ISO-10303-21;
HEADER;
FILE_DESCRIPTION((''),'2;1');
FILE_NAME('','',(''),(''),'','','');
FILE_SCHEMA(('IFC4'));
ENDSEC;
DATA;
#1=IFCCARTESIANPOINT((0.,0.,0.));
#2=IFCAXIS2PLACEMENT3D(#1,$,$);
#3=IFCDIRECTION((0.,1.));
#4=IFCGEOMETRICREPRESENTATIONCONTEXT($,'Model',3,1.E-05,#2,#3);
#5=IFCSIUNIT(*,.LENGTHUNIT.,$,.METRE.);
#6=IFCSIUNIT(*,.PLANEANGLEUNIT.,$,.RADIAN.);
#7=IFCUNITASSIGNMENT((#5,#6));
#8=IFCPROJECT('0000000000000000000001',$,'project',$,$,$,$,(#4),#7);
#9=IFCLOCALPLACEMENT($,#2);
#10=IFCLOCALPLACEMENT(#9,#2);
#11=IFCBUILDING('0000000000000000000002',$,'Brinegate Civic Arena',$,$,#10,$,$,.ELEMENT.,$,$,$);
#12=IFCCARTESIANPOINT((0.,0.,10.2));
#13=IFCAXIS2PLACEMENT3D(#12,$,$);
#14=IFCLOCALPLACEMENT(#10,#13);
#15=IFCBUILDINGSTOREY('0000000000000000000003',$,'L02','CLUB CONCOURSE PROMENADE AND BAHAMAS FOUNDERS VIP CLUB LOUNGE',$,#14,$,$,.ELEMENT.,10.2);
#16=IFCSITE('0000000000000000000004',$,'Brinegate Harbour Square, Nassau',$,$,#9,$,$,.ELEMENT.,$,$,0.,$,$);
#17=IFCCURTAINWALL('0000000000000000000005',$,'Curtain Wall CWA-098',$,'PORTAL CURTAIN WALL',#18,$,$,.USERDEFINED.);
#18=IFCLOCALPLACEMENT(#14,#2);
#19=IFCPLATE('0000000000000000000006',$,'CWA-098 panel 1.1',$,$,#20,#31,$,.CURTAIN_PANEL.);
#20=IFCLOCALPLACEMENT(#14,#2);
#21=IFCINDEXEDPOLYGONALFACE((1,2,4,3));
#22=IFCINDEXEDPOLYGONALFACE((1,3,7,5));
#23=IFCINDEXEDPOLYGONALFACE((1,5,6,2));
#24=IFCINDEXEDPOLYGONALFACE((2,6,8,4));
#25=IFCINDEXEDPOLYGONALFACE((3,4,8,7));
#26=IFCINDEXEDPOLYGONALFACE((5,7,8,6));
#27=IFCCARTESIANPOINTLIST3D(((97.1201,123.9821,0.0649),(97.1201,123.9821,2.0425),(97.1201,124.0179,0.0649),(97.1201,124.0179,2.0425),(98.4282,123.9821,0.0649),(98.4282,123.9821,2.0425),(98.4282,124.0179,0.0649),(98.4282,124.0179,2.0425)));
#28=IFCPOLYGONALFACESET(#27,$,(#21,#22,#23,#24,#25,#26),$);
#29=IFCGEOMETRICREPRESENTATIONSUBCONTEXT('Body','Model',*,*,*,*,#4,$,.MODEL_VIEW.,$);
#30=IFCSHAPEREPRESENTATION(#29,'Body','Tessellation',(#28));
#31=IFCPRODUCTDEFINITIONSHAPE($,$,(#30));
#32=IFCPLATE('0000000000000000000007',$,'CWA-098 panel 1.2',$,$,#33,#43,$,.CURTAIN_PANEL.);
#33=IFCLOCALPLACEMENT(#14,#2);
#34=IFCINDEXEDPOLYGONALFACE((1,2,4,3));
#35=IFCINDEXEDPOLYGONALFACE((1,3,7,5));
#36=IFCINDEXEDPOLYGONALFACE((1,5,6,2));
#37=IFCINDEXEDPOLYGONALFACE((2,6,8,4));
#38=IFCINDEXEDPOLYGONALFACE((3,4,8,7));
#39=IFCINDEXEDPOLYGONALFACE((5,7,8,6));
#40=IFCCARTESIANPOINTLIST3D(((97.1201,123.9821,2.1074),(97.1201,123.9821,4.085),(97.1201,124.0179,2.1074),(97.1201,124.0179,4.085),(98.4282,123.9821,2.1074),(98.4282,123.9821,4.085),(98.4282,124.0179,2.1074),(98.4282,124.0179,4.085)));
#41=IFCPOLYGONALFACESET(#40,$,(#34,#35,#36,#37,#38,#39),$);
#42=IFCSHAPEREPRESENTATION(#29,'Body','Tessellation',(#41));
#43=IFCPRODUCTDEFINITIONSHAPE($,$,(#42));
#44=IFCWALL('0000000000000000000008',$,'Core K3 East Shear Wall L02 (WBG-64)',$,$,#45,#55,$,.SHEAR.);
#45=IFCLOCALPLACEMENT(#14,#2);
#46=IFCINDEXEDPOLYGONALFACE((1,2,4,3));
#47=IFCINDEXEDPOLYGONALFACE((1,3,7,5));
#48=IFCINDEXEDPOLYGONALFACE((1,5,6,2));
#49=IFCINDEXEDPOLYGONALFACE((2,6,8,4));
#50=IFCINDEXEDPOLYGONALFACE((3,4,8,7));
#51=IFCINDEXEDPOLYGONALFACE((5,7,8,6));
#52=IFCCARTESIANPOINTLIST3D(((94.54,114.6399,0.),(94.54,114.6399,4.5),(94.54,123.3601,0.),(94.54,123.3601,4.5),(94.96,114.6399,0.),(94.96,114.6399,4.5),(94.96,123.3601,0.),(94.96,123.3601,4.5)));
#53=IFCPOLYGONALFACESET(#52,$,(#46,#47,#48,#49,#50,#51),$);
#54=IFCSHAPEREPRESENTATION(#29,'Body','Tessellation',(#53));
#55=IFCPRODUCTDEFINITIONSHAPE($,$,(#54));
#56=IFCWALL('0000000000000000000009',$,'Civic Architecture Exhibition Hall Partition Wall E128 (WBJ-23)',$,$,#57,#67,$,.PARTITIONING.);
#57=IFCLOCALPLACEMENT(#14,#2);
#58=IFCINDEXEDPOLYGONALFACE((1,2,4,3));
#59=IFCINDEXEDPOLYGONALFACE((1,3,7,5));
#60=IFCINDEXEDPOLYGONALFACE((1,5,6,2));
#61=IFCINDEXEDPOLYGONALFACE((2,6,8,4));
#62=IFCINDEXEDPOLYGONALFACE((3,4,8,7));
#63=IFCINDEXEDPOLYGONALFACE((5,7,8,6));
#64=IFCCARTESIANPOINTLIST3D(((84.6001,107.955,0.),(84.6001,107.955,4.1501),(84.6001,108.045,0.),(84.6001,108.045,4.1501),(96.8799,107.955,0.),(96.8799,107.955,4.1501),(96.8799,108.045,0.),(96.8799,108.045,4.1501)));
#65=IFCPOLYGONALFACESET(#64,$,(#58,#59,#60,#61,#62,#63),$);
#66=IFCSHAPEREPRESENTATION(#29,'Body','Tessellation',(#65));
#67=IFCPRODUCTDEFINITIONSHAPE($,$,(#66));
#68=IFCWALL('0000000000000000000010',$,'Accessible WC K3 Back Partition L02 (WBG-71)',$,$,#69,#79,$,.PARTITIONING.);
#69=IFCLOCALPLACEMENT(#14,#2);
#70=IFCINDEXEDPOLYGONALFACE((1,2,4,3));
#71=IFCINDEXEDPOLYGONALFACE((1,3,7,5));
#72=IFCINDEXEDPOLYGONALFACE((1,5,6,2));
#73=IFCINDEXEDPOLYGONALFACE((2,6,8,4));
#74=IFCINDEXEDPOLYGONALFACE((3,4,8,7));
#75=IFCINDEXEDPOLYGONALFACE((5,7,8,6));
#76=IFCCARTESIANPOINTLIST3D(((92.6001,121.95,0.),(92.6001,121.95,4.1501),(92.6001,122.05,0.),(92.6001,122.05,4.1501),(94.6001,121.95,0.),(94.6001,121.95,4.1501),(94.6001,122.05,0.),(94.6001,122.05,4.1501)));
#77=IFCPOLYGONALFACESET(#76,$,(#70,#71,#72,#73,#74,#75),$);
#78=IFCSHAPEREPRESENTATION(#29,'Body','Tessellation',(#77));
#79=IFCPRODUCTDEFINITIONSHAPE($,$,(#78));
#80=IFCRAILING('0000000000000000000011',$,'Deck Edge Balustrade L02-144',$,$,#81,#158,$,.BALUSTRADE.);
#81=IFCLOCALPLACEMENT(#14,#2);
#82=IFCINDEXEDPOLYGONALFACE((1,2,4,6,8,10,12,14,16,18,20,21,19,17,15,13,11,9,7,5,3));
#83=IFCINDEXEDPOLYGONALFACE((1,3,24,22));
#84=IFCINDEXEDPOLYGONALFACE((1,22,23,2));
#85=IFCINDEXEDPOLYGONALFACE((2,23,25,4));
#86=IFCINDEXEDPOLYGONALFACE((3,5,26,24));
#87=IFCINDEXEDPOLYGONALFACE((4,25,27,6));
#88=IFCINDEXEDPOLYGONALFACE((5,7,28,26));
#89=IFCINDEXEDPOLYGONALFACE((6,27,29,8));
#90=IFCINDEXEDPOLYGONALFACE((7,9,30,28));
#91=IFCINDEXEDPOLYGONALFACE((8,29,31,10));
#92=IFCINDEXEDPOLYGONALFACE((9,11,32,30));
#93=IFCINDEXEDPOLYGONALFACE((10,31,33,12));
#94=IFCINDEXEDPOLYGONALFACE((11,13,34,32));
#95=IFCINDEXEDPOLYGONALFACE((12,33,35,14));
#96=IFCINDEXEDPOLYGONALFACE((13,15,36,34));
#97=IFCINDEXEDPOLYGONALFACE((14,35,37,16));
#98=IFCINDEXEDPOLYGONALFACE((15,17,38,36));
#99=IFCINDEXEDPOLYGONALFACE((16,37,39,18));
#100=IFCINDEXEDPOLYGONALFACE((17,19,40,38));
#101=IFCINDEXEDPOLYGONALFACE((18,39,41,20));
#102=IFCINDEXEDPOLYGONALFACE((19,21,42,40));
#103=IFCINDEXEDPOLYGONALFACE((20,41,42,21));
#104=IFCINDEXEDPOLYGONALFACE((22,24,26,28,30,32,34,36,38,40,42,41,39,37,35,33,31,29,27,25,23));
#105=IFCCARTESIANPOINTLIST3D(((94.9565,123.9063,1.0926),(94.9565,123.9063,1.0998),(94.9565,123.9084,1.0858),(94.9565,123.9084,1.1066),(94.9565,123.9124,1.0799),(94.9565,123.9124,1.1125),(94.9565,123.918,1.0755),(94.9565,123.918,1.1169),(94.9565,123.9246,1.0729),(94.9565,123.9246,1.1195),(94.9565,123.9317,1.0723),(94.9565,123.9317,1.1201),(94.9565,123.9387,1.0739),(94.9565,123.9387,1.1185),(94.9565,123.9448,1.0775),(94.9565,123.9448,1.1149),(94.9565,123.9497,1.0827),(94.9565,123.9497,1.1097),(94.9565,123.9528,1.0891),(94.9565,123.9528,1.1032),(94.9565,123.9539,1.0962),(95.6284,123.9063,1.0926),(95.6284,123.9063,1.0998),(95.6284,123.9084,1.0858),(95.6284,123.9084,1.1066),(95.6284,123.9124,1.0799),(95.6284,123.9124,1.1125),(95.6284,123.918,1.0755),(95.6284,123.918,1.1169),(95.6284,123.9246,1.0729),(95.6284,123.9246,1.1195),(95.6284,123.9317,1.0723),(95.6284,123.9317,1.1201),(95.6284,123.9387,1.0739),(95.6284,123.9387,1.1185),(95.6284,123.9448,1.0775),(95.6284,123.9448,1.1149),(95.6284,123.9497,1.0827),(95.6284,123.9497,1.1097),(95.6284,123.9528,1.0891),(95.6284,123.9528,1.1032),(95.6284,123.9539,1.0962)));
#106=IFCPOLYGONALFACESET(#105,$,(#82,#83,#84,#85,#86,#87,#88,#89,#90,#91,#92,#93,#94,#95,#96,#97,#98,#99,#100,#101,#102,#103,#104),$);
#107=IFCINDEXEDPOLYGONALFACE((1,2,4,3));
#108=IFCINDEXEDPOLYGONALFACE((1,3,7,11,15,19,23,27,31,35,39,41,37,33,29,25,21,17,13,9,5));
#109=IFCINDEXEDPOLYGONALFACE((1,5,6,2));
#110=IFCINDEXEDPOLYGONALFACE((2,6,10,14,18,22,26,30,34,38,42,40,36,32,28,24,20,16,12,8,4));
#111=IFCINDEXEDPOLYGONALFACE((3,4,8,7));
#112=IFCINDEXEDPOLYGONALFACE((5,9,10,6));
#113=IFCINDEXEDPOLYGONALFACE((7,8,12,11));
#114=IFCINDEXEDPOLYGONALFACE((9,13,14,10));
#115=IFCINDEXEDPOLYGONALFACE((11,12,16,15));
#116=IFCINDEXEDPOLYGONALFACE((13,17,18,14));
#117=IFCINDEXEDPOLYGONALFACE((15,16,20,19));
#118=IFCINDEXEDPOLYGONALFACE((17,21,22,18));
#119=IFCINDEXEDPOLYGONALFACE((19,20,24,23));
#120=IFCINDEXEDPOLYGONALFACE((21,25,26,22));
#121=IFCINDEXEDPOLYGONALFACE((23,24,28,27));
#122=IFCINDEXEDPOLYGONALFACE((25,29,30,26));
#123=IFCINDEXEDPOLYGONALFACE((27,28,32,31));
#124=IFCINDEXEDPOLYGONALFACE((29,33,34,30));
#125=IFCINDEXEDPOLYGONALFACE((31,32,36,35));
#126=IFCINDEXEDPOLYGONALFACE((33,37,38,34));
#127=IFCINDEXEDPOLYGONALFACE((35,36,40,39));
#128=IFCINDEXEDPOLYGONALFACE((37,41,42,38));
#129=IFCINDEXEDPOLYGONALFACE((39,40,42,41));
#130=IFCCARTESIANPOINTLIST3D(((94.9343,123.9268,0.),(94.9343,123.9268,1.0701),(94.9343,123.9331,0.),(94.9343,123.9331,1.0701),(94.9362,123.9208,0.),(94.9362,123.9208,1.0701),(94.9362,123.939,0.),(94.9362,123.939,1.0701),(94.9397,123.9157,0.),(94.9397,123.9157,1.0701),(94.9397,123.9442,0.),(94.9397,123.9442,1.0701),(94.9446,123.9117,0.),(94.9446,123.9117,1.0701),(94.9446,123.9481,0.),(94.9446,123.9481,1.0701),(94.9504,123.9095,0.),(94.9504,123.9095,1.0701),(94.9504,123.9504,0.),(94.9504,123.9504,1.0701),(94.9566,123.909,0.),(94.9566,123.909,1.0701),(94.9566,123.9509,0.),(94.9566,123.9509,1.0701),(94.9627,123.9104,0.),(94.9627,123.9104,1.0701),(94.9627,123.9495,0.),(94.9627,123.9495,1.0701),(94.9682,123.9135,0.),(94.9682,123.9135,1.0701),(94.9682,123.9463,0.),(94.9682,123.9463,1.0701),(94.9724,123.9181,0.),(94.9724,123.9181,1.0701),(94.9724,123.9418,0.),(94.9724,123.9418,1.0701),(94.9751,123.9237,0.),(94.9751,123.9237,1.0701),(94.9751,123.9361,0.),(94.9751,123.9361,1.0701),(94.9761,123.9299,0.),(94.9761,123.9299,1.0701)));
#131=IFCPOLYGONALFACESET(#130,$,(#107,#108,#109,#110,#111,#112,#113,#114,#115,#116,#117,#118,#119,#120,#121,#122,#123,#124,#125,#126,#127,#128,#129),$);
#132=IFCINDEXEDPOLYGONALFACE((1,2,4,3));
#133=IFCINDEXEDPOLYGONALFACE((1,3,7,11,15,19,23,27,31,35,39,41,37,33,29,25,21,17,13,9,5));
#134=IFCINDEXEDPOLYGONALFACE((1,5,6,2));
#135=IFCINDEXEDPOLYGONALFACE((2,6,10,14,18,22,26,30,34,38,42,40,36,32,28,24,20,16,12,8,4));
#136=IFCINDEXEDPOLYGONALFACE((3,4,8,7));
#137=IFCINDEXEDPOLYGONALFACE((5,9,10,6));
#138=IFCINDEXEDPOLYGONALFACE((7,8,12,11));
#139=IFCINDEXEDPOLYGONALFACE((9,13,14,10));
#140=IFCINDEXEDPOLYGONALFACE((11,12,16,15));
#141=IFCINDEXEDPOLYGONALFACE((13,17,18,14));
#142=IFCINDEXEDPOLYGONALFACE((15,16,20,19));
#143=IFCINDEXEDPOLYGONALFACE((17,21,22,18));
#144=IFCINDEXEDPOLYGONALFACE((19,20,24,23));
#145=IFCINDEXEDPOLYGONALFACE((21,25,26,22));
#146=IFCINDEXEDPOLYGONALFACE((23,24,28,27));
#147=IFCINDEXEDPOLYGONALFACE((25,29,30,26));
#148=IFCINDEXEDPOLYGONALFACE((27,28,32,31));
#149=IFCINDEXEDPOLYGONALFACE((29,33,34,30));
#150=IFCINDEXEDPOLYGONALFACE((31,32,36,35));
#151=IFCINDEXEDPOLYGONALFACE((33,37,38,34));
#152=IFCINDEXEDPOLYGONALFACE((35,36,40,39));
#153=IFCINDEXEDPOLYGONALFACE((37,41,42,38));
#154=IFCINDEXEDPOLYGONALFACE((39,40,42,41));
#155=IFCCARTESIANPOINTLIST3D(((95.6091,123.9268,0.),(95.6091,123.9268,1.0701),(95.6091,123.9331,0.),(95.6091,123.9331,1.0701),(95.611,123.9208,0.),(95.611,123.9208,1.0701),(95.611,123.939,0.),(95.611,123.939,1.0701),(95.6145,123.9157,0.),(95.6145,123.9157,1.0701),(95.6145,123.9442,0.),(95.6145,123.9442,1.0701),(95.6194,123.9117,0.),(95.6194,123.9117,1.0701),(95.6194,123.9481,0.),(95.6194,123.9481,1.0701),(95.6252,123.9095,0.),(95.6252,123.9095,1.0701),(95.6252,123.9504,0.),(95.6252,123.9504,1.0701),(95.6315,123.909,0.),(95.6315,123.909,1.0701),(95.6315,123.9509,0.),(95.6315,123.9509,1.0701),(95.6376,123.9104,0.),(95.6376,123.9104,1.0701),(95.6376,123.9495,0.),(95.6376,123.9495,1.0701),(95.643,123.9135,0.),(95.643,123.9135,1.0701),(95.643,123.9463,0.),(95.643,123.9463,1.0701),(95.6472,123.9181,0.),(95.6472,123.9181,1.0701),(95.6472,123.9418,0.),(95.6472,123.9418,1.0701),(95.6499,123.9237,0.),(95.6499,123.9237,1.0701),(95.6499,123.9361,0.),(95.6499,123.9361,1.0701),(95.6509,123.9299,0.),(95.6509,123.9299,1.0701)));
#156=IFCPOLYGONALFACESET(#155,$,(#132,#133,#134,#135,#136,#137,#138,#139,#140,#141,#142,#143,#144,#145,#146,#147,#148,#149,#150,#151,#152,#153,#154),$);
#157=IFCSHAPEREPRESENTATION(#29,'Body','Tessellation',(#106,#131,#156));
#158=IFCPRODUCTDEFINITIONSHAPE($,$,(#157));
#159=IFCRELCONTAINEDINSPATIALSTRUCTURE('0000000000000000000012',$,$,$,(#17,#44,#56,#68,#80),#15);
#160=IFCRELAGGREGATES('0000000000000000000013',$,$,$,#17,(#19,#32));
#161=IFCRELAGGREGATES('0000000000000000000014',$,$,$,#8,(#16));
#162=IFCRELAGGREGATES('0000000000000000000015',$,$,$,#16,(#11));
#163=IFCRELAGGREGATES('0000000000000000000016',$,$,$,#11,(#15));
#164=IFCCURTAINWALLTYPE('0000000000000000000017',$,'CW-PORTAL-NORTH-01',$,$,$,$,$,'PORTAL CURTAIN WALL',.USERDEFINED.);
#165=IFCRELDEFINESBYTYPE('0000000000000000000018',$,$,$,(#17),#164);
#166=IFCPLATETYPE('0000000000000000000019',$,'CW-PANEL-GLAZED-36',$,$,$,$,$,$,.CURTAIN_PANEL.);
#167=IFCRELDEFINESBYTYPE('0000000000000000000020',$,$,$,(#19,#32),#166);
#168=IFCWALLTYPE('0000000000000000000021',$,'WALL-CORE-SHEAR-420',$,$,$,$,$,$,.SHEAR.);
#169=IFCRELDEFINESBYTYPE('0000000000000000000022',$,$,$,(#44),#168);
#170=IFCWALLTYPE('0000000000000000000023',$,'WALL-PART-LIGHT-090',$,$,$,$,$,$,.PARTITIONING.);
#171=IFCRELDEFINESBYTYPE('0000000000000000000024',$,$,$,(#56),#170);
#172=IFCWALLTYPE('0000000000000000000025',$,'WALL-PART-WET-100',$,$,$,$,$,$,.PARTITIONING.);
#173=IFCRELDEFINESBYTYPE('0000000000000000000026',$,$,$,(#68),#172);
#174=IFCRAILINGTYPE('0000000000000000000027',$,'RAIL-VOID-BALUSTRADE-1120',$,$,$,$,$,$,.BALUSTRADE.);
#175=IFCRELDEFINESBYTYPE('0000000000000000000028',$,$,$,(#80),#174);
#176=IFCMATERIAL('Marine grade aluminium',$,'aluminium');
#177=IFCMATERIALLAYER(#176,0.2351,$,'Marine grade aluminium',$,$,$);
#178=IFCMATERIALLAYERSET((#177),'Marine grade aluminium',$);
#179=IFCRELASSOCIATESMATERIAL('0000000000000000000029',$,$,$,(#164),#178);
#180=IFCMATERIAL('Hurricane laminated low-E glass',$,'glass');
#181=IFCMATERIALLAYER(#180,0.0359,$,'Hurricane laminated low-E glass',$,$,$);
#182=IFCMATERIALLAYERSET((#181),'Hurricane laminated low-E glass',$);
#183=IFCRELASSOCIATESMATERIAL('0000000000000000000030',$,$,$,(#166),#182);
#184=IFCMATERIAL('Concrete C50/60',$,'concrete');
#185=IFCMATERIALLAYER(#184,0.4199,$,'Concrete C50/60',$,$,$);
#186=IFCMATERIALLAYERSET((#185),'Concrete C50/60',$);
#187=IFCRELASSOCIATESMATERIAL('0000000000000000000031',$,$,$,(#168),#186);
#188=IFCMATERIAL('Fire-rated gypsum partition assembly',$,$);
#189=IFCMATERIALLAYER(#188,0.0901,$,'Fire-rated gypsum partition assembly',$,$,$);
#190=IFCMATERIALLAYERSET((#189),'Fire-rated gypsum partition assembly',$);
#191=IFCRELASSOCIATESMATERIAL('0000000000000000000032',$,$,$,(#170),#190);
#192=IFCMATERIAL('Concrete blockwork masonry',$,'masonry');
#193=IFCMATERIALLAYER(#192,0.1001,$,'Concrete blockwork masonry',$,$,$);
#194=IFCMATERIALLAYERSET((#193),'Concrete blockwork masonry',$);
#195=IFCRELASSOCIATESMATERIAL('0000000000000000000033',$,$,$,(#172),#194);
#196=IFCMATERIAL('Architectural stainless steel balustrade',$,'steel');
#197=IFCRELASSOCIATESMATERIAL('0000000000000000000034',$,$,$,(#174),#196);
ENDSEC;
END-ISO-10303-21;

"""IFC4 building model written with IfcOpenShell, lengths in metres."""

from ifc_helpers import new_model, si_unit, direction, frame, frame_2d, origin, origin_2d, place, context, subcontext, project, spatial, rectangle, circle, extrude, material, layer, layer_set, type_object, element, aggregate, save


model = new_model("IFC4")

# Units and contexts
model_context = context("Model", 3, precision=1e-05, world=origin(), true_north=direction((0.0, 1.0)))
body_context = subcontext(model_context, "Body", "Model", "MODEL_VIEW")
ifc_project = project(units=[si_unit("LENGTHUNIT", "METRE"), si_unit("PLANEANGLEUNIT", "RADIAN")], contexts=[model_context])

# Site, building, storey
site_placement = place(None, origin())
site = spatial("IfcSite", under=ifc_project, at=site_placement, Name="Brinegate Harbour Square, Nassau", CompositionType="ELEMENT", RefElevation=0.0)
building_placement = place(site_placement, origin())
building = spatial("IfcBuilding", under=site, at=building_placement, Name="Brinegate Civic Arena", CompositionType="ELEMENT")
storey_placement = place(building_placement, frame((0.0, 0.0, 10.2)))
storey = spatial("IfcBuildingStorey", under=building, at=storey_placement, Name="L02", Description="CLUB CONCOURSE PROMENADE AND BAHAMAS FOUNDERS VIP CLUB LOUNGE", CompositionType="ELEMENT", Elevation=10.2)

# Shared definitions
ifc_material_1 = material(Name="Concrete C50/60", Category="concrete")

# Curtain wall
ifc_material_2 = material(Name="Marine grade aluminium", Category="aluminium")
ifc_layer_1 = layer(ifc_material_2, 0.2351, Name="Marine grade aluminium")
ifc_layer_set_1 = layer_set([ifc_layer_1], Name="Marine grade aluminium")
curtain_wall_type = type_object("IfcCurtainWallType", Name="CW-PORTAL-NORTH-01", ElementType="PORTAL CURTAIN WALL", PredefinedType="USERDEFINED", material=ifc_layer_set_1)
curtain_wall_1_placement = place(storey_placement, origin())
curtain_wall_1 = element("IfcCurtainWall", 1, at=curtain_wall_1_placement, inside=storey, type_object=curtain_wall_type, Name="Curtain Wall CWA-098", ObjectType="PORTAL CURTAIN WALL", PredefinedType="USERDEFINED")

# Plates
ifc_material_3 = material(Name="Hurricane laminated low-E glass", Category="glass")
ifc_layer_2 = layer(ifc_material_3, 0.0359, Name="Hurricane laminated low-E glass")
ifc_layer_set_2 = layer_set([ifc_layer_2], Name="Hurricane laminated low-E glass")
plate_type_1 = type_object("IfcPlateType", Name="CW-PANEL-GLAZED-36", PredefinedType="CURTAIN_PANEL", material=ifc_layer_set_2)
plate_1_placement = place(storey_placement, frame((97.7742, 124.0, 0.0649), z_axis=(0.0, 0.0, 1.0), x_axis=(1.0, 0.0, 0.0)))
plate_1 = element("IfcPlate", 2, at=plate_1_placement, type_object=plate_type_1, Name="CWA-098 panel 1.1", PredefinedType="CURTAIN_PANEL", context=body_context, shape_type="SweptSolid", body=[
    extrude(rectangle(XDim=1.3081, YDim=0.0359, at=origin_2d()), origin(), (0.0, 0.0, 1.0), 1.9775),
])
plate_2_placement = place(storey_placement, frame((97.7742, 124.0, 2.1074), z_axis=(0.0, 0.0, 1.0), x_axis=(1.0, 0.0, 0.0)))
plate_2 = element("IfcPlate", 3, at=plate_2_placement, type_object=plate_type_1, Name="CWA-098 panel 1.2", PredefinedType="CURTAIN_PANEL", context=body_context, shape_type="SweptSolid", body=[
    extrude(rectangle(XDim=1.3081, YDim=0.0359, at=origin_2d()), origin(), (0.0, 0.0, 1.0), 1.9775),
])
aggregate(curtain_wall_1, [plate_1, plate_2])

# Walls
ifc_layer_3 = layer(ifc_material_1, 0.4199, Name="Concrete C50/60")
ifc_layer_set_3 = layer_set([ifc_layer_3], Name="Concrete C50/60")
wall_type_1 = type_object("IfcWallType", Name="WALL-CORE-SHEAR-420", PredefinedType="SHEAR", material=ifc_layer_set_3)
wall_1_placement = place(storey_placement, frame((94.75, 114.6399, 0.0), z_axis=(0.0, 0.0, 1.0), x_axis=(0.0, 1.0, 0.0)))
element("IfcWall", 4, at=wall_1_placement, inside=storey, type_object=wall_type_1, Name="Core K3 East Shear Wall L02 (WBG-64)", PredefinedType="SHEAR", context=body_context, shape_type="SweptSolid", body=[
    extrude(rectangle(XDim=8.7202, YDim=0.4199, at=frame_2d((4.3601, 0.0))), origin(), (0.0, 0.0, 1.0), 4.5),
])
ifc_material_4 = material(Name="Fire-rated gypsum partition assembly")
ifc_layer_4 = layer(ifc_material_4, 0.0901, Name="Fire-rated gypsum partition assembly")
ifc_layer_set_4 = layer_set([ifc_layer_4], Name="Fire-rated gypsum partition assembly")
wall_type_2 = type_object("IfcWallType", Name="WALL-PART-LIGHT-090", PredefinedType="PARTITIONING", material=ifc_layer_set_4)
wall_2_placement = place(storey_placement, frame((96.8799, 108.0, 0.0), z_axis=(0.0, 0.0, 1.0), x_axis=(-1.0, 0.0, 0.0)))
element("IfcWall", 5, at=wall_2_placement, inside=storey, type_object=wall_type_2, Name="Civic Architecture Exhibition Hall Partition Wall E128 (WBJ-23)", PredefinedType="PARTITIONING", context=body_context, shape_type="SweptSolid", body=[
    extrude(rectangle(XDim=12.2798, YDim=0.0901, at=frame_2d((6.1399, 0.0))), origin(), (0.0, 0.0, 1.0), 4.1501),
])
ifc_material_5 = material(Name="Concrete blockwork masonry", Category="masonry")
ifc_layer_5 = layer(ifc_material_5, 0.1001, Name="Concrete blockwork masonry")
ifc_layer_set_5 = layer_set([ifc_layer_5], Name="Concrete blockwork masonry")
wall_type_3 = type_object("IfcWallType", Name="WALL-PART-WET-100", PredefinedType="PARTITIONING", material=ifc_layer_set_5)
wall_3_placement = place(storey_placement, frame((92.6001, 122.0, 0.0), z_axis=(0.0, 0.0, 1.0), x_axis=(1.0, 0.0, 0.0)))
element("IfcWall", 6, at=wall_3_placement, inside=storey, type_object=wall_type_3, Name="Accessible WC K3 Back Partition L02 (WBG-71)", PredefinedType="PARTITIONING", context=body_context, shape_type="SweptSolid", body=[
    extrude(rectangle(XDim=2.0, YDim=0.1001, at=frame_2d((1.0, 0.0))), origin(), (0.0, 0.0, 1.0), 4.1501),
])

# Railing
ifc_material_6 = material(Name="Architectural stainless steel balustrade", Category="steel")
railing_type = type_object("IfcRailingType", Name="RAIL-VOID-BALUSTRADE-1120", PredefinedType="BALUSTRADE", material=ifc_material_6)
for number, where, name in (
    (7, (94.9551, 123.9299, 0.0), "Deck Edge Balustrade L02-144"),
):
    element("IfcRailing", number, at=place(storey_placement, frame(where)), inside=storey, type_object=railing_type, Name=name, PredefinedType="BALUSTRADE", context=body_context, shape_type="SweptSolid", body=[
        extrude(circle(Radius=0.0239, at=origin_2d()), frame((0.0015, 0.0, 1.0962), z_axis=(1.0, 0.0, 0.0), x_axis=(0.0, 1.0, 0.0)), (0.0, 0.0, 1.0), 0.6719),
        extrude(circle(Radius=0.021, at=origin_2d()), origin(), (0.0, 0.0, 1.0), 1.0701),
        extrude(circle(Radius=0.021, at=origin_2d()), frame((0.6748, 0.0, 0.0)), (0.0, 0.0, 1.0), 1.0701),
    ])

save(model, "model.ifc")
